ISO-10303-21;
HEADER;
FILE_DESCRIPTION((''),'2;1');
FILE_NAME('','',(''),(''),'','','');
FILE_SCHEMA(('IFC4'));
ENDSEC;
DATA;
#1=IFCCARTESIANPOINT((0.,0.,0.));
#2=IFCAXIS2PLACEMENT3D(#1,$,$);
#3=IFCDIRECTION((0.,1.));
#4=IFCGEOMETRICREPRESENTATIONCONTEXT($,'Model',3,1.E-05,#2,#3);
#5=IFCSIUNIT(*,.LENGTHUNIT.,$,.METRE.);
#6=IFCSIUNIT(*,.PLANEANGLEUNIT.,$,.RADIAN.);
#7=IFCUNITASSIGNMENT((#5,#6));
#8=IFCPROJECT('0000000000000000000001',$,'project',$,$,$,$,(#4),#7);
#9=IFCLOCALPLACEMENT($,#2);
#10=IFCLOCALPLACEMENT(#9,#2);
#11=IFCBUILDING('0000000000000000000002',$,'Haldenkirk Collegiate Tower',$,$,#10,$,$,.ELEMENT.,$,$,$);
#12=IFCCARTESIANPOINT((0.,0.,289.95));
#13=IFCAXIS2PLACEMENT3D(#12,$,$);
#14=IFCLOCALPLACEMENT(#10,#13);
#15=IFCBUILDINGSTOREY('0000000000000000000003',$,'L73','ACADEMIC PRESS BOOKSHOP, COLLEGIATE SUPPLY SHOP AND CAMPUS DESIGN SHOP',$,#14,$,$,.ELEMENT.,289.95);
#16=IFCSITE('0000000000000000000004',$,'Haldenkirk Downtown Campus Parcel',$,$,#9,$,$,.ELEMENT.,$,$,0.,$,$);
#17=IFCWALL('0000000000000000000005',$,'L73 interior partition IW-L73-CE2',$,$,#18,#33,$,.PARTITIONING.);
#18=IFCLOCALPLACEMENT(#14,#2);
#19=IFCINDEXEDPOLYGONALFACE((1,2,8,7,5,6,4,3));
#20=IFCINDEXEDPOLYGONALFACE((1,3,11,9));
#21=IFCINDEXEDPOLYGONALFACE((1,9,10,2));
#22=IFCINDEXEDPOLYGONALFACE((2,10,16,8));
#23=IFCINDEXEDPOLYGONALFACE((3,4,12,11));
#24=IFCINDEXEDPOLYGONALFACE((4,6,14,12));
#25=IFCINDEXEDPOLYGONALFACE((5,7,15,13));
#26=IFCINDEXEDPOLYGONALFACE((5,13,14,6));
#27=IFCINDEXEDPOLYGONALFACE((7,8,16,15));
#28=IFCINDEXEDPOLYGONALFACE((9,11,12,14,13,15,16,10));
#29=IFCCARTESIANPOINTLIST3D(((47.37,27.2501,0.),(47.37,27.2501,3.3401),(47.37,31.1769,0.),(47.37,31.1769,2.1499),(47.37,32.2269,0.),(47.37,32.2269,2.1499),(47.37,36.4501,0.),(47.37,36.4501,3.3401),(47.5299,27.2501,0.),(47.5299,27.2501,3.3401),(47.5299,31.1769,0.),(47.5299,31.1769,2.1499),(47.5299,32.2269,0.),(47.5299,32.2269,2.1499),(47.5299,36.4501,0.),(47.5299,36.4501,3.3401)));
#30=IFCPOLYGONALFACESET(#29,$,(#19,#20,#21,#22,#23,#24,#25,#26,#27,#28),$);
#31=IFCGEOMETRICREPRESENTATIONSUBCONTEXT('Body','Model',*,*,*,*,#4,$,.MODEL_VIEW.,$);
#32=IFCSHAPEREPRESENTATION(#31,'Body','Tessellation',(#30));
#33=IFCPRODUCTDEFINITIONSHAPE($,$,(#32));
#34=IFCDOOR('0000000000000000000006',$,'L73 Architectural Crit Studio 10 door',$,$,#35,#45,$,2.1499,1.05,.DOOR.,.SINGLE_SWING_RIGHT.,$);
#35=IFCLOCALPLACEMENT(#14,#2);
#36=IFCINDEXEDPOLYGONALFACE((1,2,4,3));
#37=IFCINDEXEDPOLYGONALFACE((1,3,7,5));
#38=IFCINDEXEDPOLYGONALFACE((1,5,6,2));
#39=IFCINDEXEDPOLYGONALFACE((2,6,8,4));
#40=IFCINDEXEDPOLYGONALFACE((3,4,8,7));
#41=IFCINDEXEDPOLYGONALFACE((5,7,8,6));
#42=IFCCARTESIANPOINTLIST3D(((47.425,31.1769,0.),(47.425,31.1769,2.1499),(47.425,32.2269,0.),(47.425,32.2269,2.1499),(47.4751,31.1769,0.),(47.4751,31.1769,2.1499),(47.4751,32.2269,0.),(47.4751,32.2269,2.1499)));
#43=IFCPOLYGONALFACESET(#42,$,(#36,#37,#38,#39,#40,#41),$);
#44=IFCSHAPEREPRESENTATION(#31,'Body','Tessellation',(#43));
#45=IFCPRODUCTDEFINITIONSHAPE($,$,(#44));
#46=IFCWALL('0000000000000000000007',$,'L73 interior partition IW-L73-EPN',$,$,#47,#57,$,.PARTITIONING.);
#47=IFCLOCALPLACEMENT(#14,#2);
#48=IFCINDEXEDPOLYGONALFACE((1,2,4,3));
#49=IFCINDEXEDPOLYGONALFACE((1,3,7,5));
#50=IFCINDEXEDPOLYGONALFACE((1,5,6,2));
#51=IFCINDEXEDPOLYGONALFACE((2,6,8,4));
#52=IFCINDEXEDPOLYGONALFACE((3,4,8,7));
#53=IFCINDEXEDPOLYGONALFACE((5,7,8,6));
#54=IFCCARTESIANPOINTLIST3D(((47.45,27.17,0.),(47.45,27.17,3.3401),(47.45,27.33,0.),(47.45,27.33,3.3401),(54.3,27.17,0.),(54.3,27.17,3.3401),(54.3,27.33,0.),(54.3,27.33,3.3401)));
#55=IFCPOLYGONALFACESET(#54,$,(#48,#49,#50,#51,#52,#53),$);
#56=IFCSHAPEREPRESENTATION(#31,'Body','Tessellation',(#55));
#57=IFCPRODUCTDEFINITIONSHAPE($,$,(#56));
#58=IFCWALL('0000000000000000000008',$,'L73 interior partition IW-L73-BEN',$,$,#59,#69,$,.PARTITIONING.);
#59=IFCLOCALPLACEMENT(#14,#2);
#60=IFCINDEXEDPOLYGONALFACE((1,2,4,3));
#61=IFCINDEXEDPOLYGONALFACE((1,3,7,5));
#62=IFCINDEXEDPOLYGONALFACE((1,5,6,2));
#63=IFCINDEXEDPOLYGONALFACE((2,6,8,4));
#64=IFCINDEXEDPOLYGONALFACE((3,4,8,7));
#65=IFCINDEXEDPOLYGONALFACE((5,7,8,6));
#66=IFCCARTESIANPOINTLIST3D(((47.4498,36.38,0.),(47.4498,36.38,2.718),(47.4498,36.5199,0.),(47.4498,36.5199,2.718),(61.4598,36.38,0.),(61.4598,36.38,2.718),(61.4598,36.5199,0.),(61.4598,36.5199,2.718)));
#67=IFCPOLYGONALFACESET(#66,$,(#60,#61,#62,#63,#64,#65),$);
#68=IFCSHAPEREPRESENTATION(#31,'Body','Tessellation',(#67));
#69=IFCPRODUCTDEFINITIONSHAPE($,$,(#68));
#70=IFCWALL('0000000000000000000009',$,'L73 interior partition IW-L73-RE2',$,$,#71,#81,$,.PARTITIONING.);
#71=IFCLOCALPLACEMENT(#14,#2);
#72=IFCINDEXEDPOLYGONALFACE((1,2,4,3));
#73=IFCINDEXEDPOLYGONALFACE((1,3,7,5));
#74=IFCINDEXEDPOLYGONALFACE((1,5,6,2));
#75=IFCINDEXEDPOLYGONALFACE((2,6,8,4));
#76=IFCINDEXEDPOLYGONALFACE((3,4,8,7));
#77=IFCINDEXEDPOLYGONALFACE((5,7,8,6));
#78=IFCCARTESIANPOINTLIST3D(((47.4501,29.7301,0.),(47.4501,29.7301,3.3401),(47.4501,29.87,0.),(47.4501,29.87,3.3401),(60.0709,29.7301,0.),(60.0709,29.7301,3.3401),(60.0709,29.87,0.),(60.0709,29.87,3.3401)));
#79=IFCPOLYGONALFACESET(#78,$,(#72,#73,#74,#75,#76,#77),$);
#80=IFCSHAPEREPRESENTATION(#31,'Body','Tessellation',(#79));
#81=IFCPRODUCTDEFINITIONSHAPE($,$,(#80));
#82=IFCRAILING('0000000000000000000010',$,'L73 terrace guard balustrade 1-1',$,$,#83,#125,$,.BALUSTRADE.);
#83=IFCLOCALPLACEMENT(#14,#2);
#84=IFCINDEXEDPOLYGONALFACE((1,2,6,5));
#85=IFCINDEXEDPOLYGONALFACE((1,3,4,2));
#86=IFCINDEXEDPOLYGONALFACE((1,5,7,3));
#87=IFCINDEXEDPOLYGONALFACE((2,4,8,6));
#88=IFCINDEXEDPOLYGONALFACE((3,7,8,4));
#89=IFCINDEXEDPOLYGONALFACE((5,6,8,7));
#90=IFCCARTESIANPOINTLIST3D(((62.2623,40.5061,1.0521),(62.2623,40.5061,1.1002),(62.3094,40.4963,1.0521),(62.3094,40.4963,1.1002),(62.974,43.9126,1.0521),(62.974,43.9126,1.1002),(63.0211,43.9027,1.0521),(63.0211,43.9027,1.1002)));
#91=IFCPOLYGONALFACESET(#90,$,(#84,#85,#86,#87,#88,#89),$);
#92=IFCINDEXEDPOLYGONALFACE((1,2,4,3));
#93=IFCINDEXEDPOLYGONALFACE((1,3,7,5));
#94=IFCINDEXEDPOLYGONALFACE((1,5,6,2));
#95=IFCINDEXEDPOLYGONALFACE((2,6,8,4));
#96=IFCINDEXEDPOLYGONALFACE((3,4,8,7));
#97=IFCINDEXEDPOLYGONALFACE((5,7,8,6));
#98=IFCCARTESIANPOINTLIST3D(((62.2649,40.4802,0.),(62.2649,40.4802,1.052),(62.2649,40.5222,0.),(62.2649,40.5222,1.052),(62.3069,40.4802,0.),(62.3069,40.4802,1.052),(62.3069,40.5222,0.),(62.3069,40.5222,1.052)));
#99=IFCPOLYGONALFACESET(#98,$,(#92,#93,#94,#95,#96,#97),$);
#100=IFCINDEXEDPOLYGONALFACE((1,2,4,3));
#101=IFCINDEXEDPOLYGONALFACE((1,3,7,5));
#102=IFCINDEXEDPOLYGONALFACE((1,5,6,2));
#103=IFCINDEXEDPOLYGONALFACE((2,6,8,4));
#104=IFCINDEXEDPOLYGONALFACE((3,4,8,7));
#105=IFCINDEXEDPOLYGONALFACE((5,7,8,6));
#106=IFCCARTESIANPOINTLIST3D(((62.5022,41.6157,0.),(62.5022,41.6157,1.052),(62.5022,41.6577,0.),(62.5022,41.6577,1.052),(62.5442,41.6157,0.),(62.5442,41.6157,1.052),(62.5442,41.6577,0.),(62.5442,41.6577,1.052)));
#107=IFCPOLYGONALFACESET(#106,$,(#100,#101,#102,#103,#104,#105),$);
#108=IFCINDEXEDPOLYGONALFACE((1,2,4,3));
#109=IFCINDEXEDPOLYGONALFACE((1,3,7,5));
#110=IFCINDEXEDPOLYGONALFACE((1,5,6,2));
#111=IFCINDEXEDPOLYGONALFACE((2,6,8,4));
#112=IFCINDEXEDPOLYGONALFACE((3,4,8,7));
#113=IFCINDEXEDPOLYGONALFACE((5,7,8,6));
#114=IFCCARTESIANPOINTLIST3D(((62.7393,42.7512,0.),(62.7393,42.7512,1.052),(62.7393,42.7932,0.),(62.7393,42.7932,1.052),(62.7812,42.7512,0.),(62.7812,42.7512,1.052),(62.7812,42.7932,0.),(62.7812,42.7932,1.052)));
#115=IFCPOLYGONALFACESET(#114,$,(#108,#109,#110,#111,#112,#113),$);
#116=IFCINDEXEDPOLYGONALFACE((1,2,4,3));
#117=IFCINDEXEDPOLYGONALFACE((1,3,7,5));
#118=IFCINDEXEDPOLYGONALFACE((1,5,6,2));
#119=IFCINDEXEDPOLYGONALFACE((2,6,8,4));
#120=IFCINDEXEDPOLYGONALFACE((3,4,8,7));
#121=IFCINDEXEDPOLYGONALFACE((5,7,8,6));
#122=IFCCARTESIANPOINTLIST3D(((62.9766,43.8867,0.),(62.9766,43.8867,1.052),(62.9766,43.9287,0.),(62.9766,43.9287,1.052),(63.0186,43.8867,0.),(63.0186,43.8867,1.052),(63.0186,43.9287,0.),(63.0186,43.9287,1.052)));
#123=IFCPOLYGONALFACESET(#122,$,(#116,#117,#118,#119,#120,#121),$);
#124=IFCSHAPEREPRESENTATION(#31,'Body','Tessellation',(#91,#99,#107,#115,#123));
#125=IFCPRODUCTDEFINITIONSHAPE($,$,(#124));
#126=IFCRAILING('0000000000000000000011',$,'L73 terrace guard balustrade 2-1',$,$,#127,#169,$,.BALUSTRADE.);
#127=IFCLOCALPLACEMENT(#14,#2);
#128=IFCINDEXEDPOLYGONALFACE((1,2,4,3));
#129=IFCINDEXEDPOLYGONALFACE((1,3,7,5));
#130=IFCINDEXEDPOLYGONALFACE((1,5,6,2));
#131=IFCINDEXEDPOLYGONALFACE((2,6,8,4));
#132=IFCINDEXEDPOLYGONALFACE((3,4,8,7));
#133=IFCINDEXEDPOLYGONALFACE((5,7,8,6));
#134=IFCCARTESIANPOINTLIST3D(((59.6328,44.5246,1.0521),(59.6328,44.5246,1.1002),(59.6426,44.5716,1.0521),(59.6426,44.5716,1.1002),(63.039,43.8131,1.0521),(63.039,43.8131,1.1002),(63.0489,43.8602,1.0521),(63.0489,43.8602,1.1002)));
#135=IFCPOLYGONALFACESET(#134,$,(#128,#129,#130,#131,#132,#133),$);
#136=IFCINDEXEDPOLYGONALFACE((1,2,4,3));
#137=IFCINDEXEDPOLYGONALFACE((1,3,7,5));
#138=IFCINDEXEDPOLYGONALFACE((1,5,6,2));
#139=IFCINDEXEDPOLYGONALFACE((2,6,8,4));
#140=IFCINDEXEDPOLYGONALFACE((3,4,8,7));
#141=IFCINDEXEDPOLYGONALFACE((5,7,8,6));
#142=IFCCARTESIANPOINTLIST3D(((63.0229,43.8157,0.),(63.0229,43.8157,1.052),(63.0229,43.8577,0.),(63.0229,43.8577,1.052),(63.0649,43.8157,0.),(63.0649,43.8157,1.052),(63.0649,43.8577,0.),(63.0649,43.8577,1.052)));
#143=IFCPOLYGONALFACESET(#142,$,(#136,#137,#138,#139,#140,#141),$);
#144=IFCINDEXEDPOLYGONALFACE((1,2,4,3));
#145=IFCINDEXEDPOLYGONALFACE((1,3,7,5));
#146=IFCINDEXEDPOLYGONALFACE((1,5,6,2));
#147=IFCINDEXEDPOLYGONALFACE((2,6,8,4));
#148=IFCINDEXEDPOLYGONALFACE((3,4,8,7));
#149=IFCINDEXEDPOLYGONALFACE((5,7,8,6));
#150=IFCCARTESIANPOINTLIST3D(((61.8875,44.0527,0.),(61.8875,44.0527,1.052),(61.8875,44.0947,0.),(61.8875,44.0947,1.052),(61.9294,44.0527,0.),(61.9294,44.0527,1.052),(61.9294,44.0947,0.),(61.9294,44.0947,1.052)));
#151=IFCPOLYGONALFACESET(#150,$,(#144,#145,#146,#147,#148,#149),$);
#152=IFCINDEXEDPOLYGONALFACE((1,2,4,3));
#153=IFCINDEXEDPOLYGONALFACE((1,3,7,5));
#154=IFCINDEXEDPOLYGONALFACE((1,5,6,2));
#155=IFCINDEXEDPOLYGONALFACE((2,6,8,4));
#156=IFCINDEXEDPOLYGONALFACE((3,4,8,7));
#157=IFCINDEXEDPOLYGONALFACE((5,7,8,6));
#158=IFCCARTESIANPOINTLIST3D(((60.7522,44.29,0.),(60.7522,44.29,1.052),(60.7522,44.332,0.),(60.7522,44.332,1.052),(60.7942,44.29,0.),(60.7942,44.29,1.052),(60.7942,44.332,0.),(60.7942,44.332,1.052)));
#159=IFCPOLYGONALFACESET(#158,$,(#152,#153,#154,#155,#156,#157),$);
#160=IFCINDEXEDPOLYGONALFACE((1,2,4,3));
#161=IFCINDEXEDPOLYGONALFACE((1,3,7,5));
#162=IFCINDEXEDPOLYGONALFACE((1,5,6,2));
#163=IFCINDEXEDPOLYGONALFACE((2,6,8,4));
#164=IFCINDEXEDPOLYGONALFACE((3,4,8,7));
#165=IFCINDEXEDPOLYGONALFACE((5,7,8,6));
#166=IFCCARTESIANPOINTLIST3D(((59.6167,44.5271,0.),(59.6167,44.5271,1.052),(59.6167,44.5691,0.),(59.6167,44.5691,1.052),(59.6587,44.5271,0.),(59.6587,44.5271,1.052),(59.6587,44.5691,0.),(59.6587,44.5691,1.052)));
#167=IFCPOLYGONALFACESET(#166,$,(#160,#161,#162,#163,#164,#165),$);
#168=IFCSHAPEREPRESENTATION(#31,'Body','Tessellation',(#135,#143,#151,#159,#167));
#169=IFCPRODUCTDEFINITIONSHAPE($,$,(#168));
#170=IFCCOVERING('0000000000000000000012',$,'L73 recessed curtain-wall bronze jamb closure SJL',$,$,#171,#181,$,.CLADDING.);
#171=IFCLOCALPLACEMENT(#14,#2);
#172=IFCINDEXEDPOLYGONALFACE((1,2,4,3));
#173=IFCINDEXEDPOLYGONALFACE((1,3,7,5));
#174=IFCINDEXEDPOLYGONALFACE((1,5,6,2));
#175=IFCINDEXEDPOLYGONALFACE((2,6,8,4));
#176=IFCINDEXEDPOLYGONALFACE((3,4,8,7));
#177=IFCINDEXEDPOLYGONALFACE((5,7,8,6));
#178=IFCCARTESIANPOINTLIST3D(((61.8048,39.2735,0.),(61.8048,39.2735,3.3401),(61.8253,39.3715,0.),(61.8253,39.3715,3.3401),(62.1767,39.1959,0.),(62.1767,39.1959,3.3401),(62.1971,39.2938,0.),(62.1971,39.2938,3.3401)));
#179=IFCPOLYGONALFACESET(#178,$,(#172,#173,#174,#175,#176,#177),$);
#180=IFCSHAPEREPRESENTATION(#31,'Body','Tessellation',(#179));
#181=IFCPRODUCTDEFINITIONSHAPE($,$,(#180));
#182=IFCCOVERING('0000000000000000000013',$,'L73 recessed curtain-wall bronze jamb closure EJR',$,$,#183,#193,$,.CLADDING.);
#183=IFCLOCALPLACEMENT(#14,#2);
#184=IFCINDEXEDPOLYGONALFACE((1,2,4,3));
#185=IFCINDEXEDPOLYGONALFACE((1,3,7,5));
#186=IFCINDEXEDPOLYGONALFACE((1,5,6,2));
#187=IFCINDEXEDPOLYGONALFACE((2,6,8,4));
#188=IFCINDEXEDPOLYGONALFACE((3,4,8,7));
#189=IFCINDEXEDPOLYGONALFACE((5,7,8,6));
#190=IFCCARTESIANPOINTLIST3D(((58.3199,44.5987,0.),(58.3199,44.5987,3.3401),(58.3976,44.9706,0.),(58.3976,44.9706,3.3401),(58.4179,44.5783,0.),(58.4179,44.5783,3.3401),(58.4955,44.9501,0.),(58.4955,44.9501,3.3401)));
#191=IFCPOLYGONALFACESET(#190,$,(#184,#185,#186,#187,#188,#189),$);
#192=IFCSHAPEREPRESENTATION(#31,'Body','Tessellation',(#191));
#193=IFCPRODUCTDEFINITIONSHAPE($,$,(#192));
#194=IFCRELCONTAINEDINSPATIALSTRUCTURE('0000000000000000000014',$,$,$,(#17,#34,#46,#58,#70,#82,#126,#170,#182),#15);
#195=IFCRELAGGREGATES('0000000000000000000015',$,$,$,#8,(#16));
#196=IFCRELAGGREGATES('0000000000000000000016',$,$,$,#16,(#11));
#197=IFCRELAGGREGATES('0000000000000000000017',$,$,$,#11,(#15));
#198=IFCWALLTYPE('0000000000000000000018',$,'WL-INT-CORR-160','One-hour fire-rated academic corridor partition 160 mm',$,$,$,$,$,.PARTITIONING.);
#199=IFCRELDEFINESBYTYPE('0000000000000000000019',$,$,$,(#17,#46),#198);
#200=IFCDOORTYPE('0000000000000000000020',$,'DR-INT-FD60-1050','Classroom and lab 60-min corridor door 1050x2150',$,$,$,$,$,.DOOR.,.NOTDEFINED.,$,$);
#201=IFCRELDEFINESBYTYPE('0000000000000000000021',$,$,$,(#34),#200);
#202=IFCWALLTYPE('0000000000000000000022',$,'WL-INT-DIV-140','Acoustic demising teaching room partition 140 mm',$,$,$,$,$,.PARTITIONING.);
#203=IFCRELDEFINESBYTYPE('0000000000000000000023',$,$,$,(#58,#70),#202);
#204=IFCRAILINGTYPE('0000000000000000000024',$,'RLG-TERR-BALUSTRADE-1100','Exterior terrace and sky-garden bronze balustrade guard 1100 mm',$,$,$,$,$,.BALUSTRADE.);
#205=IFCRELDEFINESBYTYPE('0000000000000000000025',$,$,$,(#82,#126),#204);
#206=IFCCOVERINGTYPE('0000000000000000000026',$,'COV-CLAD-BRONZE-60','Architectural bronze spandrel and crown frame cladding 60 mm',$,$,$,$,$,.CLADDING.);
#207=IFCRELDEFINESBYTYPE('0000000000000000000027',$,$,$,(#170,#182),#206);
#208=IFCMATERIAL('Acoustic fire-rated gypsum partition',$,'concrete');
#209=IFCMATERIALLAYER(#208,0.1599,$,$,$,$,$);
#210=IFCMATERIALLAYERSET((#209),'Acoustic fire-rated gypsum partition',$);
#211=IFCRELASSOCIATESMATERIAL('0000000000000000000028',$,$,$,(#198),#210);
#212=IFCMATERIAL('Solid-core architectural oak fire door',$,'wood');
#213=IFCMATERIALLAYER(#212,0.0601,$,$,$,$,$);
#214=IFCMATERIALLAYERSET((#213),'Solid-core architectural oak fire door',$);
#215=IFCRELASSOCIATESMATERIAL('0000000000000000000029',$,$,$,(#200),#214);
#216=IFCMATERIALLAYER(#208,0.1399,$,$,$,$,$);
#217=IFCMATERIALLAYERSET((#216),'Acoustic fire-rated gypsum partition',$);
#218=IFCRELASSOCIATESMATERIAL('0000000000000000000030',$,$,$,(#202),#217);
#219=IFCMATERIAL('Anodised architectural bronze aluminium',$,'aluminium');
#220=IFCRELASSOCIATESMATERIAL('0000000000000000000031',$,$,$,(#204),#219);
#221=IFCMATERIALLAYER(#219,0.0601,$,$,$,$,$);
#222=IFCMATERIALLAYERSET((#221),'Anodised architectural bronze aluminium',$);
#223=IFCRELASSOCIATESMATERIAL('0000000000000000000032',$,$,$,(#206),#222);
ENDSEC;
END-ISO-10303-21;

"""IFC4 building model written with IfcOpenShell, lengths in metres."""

from ifc_helpers import new_model, si_unit, direction, frame, frame_2d, origin, origin_2d, place, context, subcontext, project, spatial, rectangle, extrude, source, transform, mapped, material, layer, layer_set, type_object, element, fill, save


model = new_model("IFC4")

# Units and contexts
model_context = context("Model", 3, precision=1e-05, world=origin(), true_north=direction((0.0, 1.0)))
body_context = subcontext(model_context, "Body", "Model", "MODEL_VIEW")
ifc_project = project(units=[si_unit("LENGTHUNIT", "METRE"), si_unit("PLANEANGLEUNIT", "RADIAN")], contexts=[model_context])

# Site, building, storey
site_placement = place(None, origin())
site = spatial("IfcSite", under=ifc_project, at=site_placement, Name="Haldenkirk Downtown Campus Parcel", CompositionType="ELEMENT", RefElevation=0.0)
building_placement = place(site_placement, origin())
building = spatial("IfcBuilding", under=site, at=building_placement, Name="Haldenkirk Collegiate Tower", CompositionType="ELEMENT")
storey_placement = place(building_placement, frame((0.0, 0.0, 289.95)))
storey = spatial("IfcBuildingStorey", under=building, at=storey_placement, Name="L73", Description="ACADEMIC PRESS BOOKSHOP, COLLEGIATE SUPPLY SHOP AND CAMPUS DESIGN SHOP", CompositionType="ELEMENT", Elevation=289.95)

# Shared definitions
ifc_material_1 = material(Name="Anodised architectural bronze aluminium", Category="aluminium")

# Wall, opening, door
ifc_material_2 = material(Name="Acoustic fire-rated gypsum partition", Category="concrete")
ifc_layer_1 = layer(ifc_material_2, 0.1599)
ifc_layer_set_1 = layer_set([ifc_layer_1], Name="Acoustic fire-rated gypsum partition")
wall_type_1 = type_object("IfcWallType", Name="WL-INT-CORR-160", Description="One-hour fire-rated academic corridor partition 160 mm", PredefinedType="PARTITIONING", material=ifc_layer_set_1)
wall_1_placement = place(storey_placement, frame((47.45, 27.25, 0.0), z_axis=(0.0, 0.0, 1.0), x_axis=(0.0, 1.0, 0.0)))
wall_1 = element("IfcWall", 1, at=wall_1_placement, inside=storey, type_object=wall_type_1, Name="L73 interior partition IW-L73-CE2", PredefinedType="PARTITIONING", context=body_context, shape_type="SweptSolid", body=[
    extrude(rectangle(XDim=9.2, YDim=0.1599, at=frame_2d((4.6001, 0.0))), origin(), (0.0, 0.0, 1.0), 3.3401),
])
opening_1_placement = place(wall_1_placement, frame((3.927, 0.0, 0.0)))
opening_1 = element("IfcOpeningElement", 2, at=opening_1_placement, cuts=wall_1, PredefinedType="OPENING", context=body_context, shape_type="SweptSolid", body=[
    extrude(rectangle(XDim=1.05, YDim=2.1499, at=frame_2d((0.5249, 1.075))), frame((0.0, 0.0898, 0.0), z_axis=(0.0, -1.0, 0.0), x_axis=(1.0, 0.0, 0.0)), (0.0, 0.0, 1.0), 0.1799),
])
ifc_material_3 = material(Name="Solid-core architectural oak fire door", Category="wood")
ifc_layer_2 = layer(ifc_material_3, 0.0601)
ifc_layer_set_2 = layer_set([ifc_layer_2], Name="Solid-core architectural oak fire door")
door_type_1 = type_object("IfcDoorType", Name="DR-INT-FD60-1050", Description="Classroom and lab 60-min corridor door 1050x2150", OperationType="NOTDEFINED", PredefinedType="DOOR", material=ifc_layer_set_2)
door_1_placement = place(opening_1_placement, origin())
door_1 = element("IfcDoor", 3, at=door_1_placement, inside=storey, type_object=door_type_1, Name="L73 Architectural Crit Studio 10 door", OperationType="SINGLE_SWING_RIGHT", OverallHeight=2.1499, OverallWidth=1.05, PredefinedType="DOOR", context=body_context, shape_type="SweptSolid", body=[
    extrude(rectangle(XDim=1.05, YDim=2.1499, at=frame_2d((0.5249, 1.075))), frame((0.0, 0.0249, 0.0), z_axis=(0.0, -1.0, 0.0), x_axis=(1.0, 0.0, 0.0)), (0.0, 0.0, 1.0), 0.05),
])
fill(opening_1, door_1)

# Walls
wall_2_placement = place(storey_placement, frame((47.45, 27.25, 0.0), z_axis=(0.0, 0.0, 1.0), x_axis=(1.0, 0.0, 0.0)))
element("IfcWall", 4, at=wall_2_placement, inside=storey, type_object=wall_type_1, Name="L73 interior partition IW-L73-EPN", PredefinedType="PARTITIONING", context=body_context, shape_type="SweptSolid", body=[
    extrude(rectangle(XDim=6.8501, YDim=0.1599, at=frame_2d((3.425, 0.0))), origin(), (0.0, 0.0, 1.0), 3.3401),
])
ifc_layer_3 = layer(ifc_material_2, 0.1399)
ifc_layer_set_3 = layer_set([ifc_layer_3], Name="Acoustic fire-rated gypsum partition")
wall_type_2 = type_object("IfcWallType", Name="WL-INT-DIV-140", Description="Acoustic demising teaching room partition 140 mm", PredefinedType="PARTITIONING", material=ifc_layer_set_3)
wall_3_placement = place(storey_placement, frame((47.45, 36.45, 0.0), z_axis=(0.0, 0.0, 1.0), x_axis=(1.0, 0.0, 0.0)))
element("IfcWall", 5, at=wall_3_placement, inside=storey, type_object=wall_type_2, Name="L73 interior partition IW-L73-BEN", PredefinedType="PARTITIONING", context=body_context, shape_type="SweptSolid", body=[
    extrude(rectangle(XDim=14.01, YDim=0.1399, at=frame_2d((7.0049, 0.0))), origin(), (0.0, 0.0, 1.0), 2.718),
])
wall_4_placement = place(storey_placement, frame((47.45, 29.8, 0.0), z_axis=(0.0, 0.0, 1.0), x_axis=(1.0, 0.0, 0.0)))
element("IfcWall", 6, at=wall_4_placement, inside=storey, type_object=wall_type_2, Name="L73 interior partition IW-L73-RE2", PredefinedType="PARTITIONING", context=body_context, shape_type="SweptSolid", body=[
    extrude(rectangle(XDim=12.6208, YDim=0.1399, at=frame_2d((6.3105, 0.0))), origin(), (0.0, 0.0, 1.0), 3.3401),
])

# Railings
railing_type = type_object("IfcRailingType", Name="RLG-TERR-BALUSTRADE-1100", Description="Exterior terrace and sky-garden bronze balustrade guard 1100 mm", PredefinedType="BALUSTRADE", material=ifc_material_1)
railing_1_placement = place(storey_placement, frame((62.2859, 40.5012, 0.0)))
element("IfcRailing", 7, at=railing_1_placement, inside=storey, type_object=railing_type, Name="L73 terrace guard balustrade 1-1", PredefinedType="BALUSTRADE", context=body_context, shape_type="SweptSolid", body=[
    extrude(rectangle(XDim=0.0481, YDim=0.0481, at=origin_2d()), frame((0.0, 0.0, 1.0762), z_axis=(0.204501, 0.978866, 0.0), x_axis=(-0.978866, 0.204501, 0.0)), (0.0, 0.0, 1.0), 3.48),
    extrude(rectangle(XDim=0.042, YDim=0.042, at=origin_2d()), origin(), (0.0, 0.0, 1.0), 1.052),
    extrude(rectangle(XDim=0.042, YDim=0.042, at=origin_2d()), frame((0.2373, 1.1355, 0.0)), (0.0, 0.0, 1.0), 1.052),
    extrude(rectangle(XDim=0.042, YDim=0.042, at=origin_2d()), frame((0.4744, 2.271, 0.0)), (0.0, 0.0, 1.0), 1.052),
    extrude(rectangle(XDim=0.042, YDim=0.042, at=origin_2d()), frame((0.7117, 3.4065, 0.0)), (0.0, 0.0, 1.0), 1.052),
])
railing_2_placement = place(storey_placement, frame((63.0439, 43.8367, 0.0)))
element("IfcRailing", 8, at=railing_2_placement, inside=storey, type_object=railing_type, Name="L73 terrace guard balustrade 2-1", PredefinedType="BALUSTRADE", context=body_context, shape_type="SweptSolid", body=[
    extrude(rectangle(XDim=0.0481, YDim=0.0481, at=origin_2d()), frame((0.0, 0.0, 1.0762), z_axis=(-0.978878, 0.204447, 0.0), x_axis=(-0.204447, -0.978878, 0.0)), (0.0, 0.0, 1.0), 3.4797),
    extrude(rectangle(XDim=0.042, YDim=0.042, at=origin_2d()), origin(), (0.0, 0.0, 1.0), 1.052),
    extrude(rectangle(XDim=0.042, YDim=0.042, at=origin_2d()), frame((-1.1355, 0.2371, 0.0)), (0.0, 0.0, 1.0), 1.052),
    extrude(rectangle(XDim=0.042, YDim=0.042, at=origin_2d()), frame((-2.2708, 0.4744, 0.0)), (0.0, 0.0, 1.0), 1.052),
    extrude(rectangle(XDim=0.042, YDim=0.042, at=origin_2d()), frame((-3.4062, 0.7114, 0.0)), (0.0, 0.0, 1.0), 1.052),
])

# Coverings
ifc_layer_4 = layer(ifc_material_1, 0.0601)
ifc_layer_set_4 = layer_set([ifc_layer_4], Name="Anodised architectural bronze aluminium")
covering_type = type_object("IfcCoveringType", Name="COV-CLAD-BRONZE-60", Description="Architectural bronze spandrel and crown frame cladding 60 mm", PredefinedType="CLADDING", material=ifc_layer_set_4)
shared_shape_1 = source(origin(), body_context, "Body", "SweptSolid", [
    extrude(rectangle(XDim=0.1001, YDim=0.3799, at=origin_2d()), origin(), (0.0, 0.0, 1.0), 3.3401),
])
for number, where, z_axis, x_axis, name in (
    (9, (62.001, 39.2837, 0.0), (0.0, 0.0, 1.0), (-0.204496, -0.978867, 0.0), "L73 recessed curtain-wall bronze jamb closure SJL"),
    (10, (58.4077, 44.7744, 0.0), (0.0, 0.0, 1.0), (0.978867, -0.204496, 0.0), "L73 recessed curtain-wall bronze jamb closure EJR"),
):
    element("IfcCovering", number, at=place(storey_placement, frame(where, z_axis=z_axis, x_axis=x_axis)), inside=storey, type_object=covering_type, Name=name, PredefinedType="CLADDING", context=body_context, shape_type="MappedRepresentation", body=[
        mapped(shared_shape_1, transform((0.0, 0.0, 0.0), x_axis=(1.0, 0.0, 0.0), y_axis=(0.0, 1.0, 0.0), z_axis=(0.0, 0.0, 1.0), scale=1.0)),
    ])

save(model, "model.ifc")
